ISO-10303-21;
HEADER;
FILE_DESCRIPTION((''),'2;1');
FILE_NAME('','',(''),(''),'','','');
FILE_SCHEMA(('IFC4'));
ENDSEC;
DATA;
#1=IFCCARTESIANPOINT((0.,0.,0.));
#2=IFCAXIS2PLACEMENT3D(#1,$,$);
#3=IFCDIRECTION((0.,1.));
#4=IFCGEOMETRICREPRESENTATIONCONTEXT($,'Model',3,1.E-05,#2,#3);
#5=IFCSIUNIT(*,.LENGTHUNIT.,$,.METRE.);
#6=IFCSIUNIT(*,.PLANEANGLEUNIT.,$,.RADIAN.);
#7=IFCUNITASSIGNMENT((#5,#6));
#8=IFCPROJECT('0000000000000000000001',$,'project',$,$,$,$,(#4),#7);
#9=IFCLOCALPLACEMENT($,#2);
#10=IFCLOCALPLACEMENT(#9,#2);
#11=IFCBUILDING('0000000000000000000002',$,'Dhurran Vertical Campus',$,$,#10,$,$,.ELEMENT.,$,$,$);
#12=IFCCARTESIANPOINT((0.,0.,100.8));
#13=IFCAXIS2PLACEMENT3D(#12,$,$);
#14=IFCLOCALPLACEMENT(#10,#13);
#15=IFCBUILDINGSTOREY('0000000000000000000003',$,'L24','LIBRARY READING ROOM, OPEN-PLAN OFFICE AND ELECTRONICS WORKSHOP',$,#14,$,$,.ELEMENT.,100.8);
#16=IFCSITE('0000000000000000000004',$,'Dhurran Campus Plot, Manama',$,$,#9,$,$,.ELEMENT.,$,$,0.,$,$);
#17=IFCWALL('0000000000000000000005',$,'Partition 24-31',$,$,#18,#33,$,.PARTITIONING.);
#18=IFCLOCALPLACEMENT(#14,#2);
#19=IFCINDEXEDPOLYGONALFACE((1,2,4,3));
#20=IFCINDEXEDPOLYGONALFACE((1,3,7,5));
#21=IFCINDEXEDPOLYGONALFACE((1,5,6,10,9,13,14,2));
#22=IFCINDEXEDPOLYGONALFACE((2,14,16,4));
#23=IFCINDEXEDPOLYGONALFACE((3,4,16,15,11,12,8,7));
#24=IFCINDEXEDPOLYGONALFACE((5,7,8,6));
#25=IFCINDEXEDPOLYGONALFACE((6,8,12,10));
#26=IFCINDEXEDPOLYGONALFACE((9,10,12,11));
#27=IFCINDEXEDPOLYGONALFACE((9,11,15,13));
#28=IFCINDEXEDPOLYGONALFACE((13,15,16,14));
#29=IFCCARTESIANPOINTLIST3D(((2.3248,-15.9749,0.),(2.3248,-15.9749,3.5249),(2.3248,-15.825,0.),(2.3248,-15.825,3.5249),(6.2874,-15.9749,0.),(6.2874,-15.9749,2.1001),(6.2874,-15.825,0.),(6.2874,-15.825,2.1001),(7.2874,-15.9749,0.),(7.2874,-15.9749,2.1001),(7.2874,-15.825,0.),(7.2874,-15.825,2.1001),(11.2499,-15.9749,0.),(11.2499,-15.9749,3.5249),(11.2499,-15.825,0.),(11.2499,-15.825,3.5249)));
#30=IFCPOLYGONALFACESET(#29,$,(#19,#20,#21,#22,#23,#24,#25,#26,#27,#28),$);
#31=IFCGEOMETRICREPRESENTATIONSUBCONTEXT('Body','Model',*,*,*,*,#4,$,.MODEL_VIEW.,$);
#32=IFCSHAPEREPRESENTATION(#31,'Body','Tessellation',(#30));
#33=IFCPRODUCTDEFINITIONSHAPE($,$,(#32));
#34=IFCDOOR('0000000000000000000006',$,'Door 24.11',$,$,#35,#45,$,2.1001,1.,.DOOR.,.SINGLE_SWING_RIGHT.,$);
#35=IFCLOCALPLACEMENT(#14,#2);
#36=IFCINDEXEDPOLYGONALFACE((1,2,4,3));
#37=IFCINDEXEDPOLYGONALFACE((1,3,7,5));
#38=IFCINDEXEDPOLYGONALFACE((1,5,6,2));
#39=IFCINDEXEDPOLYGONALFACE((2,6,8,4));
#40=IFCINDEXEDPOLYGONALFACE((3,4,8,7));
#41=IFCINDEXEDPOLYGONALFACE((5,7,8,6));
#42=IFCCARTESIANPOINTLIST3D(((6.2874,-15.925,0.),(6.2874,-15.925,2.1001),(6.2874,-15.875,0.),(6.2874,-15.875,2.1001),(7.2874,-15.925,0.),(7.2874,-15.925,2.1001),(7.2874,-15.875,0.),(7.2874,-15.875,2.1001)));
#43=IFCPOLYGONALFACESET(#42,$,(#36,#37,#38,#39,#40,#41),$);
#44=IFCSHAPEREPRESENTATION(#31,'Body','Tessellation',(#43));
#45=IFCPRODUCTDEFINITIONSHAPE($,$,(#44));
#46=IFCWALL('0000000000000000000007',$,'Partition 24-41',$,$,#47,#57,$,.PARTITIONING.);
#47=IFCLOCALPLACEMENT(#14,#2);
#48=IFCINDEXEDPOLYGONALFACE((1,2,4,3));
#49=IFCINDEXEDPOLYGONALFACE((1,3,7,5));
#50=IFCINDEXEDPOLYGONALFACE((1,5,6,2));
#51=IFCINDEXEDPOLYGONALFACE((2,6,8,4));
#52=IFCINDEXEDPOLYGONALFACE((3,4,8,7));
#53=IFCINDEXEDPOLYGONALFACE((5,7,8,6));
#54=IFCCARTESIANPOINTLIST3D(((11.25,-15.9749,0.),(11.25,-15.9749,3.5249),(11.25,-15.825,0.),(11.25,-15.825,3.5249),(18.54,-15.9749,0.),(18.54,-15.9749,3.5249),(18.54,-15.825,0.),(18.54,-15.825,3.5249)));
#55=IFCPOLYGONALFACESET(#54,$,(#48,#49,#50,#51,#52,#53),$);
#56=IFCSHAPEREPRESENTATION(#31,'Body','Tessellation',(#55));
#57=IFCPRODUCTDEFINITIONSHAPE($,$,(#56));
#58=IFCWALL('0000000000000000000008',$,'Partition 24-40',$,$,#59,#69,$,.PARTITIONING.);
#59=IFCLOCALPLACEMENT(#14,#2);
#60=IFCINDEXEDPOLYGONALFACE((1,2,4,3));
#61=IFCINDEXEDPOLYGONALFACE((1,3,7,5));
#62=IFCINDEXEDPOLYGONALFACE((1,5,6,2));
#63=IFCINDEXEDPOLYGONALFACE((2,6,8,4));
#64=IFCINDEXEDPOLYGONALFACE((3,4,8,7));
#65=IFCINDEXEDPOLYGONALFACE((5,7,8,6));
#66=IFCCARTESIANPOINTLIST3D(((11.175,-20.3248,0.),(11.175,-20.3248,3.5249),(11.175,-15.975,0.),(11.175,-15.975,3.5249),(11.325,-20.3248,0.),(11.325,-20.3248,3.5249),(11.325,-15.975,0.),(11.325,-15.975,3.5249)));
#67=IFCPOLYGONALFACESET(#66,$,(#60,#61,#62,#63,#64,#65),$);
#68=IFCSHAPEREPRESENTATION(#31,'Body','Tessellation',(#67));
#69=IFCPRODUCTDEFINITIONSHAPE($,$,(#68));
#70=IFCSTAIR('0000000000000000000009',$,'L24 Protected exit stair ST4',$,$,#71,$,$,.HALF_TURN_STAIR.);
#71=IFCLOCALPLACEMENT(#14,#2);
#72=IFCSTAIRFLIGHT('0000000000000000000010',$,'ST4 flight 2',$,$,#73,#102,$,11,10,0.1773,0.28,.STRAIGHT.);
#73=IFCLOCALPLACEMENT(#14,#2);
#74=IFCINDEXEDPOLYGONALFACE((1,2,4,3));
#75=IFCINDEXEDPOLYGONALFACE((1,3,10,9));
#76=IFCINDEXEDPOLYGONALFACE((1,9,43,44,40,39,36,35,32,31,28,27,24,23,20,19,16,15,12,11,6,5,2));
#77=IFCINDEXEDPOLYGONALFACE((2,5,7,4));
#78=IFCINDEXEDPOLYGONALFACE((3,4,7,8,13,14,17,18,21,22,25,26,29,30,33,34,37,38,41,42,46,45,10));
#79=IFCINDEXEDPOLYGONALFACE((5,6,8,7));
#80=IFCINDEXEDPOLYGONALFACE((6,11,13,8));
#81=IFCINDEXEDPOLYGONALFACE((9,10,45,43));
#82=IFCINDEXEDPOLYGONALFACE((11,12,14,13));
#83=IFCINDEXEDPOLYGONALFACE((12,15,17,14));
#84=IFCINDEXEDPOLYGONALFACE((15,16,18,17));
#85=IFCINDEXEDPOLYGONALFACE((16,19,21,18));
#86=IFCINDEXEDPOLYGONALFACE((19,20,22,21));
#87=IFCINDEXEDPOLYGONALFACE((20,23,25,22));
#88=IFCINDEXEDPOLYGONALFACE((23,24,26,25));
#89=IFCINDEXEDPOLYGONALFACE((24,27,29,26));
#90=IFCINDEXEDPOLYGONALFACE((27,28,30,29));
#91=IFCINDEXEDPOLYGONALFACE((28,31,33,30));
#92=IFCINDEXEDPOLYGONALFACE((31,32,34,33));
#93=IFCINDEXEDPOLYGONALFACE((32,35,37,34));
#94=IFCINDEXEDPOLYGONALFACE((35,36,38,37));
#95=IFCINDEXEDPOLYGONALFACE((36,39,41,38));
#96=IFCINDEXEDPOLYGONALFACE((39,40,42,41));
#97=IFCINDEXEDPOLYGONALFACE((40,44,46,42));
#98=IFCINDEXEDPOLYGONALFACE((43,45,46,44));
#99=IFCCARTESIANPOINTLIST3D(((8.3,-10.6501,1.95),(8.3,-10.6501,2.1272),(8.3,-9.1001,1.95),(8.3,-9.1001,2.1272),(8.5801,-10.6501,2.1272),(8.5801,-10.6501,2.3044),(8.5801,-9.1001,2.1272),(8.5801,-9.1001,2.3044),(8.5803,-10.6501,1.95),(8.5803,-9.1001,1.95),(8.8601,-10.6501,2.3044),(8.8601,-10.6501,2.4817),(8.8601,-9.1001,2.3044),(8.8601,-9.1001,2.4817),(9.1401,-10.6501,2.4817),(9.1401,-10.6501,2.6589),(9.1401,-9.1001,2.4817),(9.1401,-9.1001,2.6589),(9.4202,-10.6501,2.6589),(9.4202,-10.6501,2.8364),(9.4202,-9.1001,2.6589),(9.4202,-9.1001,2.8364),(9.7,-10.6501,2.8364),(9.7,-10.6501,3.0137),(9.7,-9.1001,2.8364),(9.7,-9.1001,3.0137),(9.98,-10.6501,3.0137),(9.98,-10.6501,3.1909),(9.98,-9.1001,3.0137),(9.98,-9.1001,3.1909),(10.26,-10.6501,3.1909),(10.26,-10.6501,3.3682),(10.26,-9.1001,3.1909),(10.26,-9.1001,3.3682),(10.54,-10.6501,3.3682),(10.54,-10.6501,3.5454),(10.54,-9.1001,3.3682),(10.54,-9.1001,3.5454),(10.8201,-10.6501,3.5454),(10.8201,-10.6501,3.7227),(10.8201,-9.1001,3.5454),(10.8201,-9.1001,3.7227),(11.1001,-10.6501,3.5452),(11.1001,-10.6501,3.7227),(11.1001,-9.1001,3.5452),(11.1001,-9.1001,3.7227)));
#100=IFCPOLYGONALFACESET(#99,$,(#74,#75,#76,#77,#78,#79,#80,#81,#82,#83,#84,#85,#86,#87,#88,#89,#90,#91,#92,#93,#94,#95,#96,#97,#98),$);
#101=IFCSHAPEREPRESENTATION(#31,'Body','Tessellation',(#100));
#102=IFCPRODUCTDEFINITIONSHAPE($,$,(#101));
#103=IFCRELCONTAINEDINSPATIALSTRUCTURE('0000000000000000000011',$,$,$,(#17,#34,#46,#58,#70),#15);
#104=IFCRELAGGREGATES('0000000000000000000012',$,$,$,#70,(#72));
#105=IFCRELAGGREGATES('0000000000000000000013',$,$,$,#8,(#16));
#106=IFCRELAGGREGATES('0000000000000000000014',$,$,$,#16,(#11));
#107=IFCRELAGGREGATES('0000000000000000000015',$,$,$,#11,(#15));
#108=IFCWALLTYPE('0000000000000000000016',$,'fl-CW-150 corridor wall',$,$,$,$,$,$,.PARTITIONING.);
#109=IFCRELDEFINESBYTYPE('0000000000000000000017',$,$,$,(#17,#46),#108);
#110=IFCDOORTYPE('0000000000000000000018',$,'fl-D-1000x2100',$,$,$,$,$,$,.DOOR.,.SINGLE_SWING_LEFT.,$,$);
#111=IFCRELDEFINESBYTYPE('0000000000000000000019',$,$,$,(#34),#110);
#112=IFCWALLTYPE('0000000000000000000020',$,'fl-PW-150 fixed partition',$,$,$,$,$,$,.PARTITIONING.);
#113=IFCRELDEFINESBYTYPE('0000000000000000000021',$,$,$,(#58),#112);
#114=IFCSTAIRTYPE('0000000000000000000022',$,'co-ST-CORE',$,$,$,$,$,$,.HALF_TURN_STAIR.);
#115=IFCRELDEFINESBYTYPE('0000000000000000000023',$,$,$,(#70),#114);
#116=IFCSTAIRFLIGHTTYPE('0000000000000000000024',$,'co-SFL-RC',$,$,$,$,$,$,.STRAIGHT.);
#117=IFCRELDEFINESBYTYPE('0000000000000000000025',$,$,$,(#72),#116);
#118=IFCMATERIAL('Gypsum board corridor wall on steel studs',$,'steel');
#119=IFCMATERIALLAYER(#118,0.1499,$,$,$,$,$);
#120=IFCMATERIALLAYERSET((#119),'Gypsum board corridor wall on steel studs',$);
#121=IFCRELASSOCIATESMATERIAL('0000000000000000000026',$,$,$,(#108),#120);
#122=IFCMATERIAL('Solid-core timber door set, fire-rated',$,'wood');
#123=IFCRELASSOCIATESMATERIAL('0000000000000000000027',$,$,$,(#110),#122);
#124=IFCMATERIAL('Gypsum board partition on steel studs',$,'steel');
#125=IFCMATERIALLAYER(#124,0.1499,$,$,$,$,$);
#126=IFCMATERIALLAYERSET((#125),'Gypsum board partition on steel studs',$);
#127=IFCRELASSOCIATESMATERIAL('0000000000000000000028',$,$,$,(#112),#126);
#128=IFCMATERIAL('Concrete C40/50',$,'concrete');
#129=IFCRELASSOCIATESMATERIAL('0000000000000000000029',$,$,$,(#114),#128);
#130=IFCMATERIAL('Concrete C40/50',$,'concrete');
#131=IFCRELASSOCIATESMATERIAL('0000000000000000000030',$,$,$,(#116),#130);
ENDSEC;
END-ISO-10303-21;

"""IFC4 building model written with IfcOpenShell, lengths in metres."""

from ifc_helpers import new_model, si_unit, direction, frame, frame_2d, origin, place, context, subcontext, project, spatial, polyline, rectangle, outline, extrude, material, layer, layer_set, type_object, element, fill, aggregate, save


model = new_model("IFC4")

# Units and contexts
model_context = context("Model", 3, precision=1e-05, world=origin(), true_north=direction((0.0, 1.0)))
body_context = subcontext(model_context, "Body", "Model", "MODEL_VIEW")
ifc_project = project(units=[si_unit("LENGTHUNIT", "METRE"), si_unit("PLANEANGLEUNIT", "RADIAN")], contexts=[model_context])

# Site, building, storey
site_placement = place(None, origin())
site = spatial("IfcSite", under=ifc_project, at=site_placement, Name="Dhurran Campus Plot, Manama", CompositionType="ELEMENT", RefElevation=0.0)
building_placement = place(site_placement, origin())
building = spatial("IfcBuilding", under=site, at=building_placement, Name="Dhurran Vertical Campus", CompositionType="ELEMENT")
storey_placement = place(building_placement, frame((0.0, 0.0, 100.8)))
storey = spatial("IfcBuildingStorey", under=building, at=storey_placement, Name="L24", Description="LIBRARY READING ROOM, OPEN-PLAN OFFICE AND ELECTRONICS WORKSHOP", CompositionType="ELEMENT", Elevation=100.8)

# Shared definitions
ifc_material_1 = material(Name="Gypsum board corridor wall on steel studs", Category="steel")
ifc_layer_1 = layer(ifc_material_1, 0.1499)
ifc_layer_set_1 = layer_set([ifc_layer_1], Name="Gypsum board corridor wall on steel studs")
wall_type_1 = type_object("IfcWallType", Name="fl-CW-150 corridor wall", PredefinedType="PARTITIONING", material=ifc_layer_set_1)
ifc_material_2 = material(Name="Solid-core timber door set, fire-rated", Category="wood")
door_type_1 = type_object("IfcDoorType", Name="fl-D-1000x2100", OperationType="SINGLE_SWING_LEFT", PredefinedType="DOOR", material=ifc_material_2)

# Wall, opening, door
wall_1_placement = place(storey_placement, frame((2.325, -15.8999, 0.0), z_axis=(0.0, 0.0, 1.0), x_axis=(1.0, 0.0, 0.0)))
wall_1 = element("IfcWall", 1, at=wall_1_placement, inside=storey, type_object=wall_type_1, Name="Partition 24-31", PredefinedType="PARTITIONING", context=body_context, shape_type="SweptSolid", body=[
    extrude(rectangle(XDim=8.925, YDim=0.1499, at=frame_2d((4.4624, 0.0))), origin(), (0.0, 0.0, 1.0), 3.5249),
])
opening_1_placement = place(wall_1_placement, frame((3.9624, 0.0, 0.0)))
opening_1 = element("IfcOpeningElement", 2, at=opening_1_placement, cuts=wall_1, PredefinedType="OPENING", context=body_context, shape_type="SweptSolid", body=[
    extrude(rectangle(XDim=1.0, YDim=2.1001, at=frame_2d((0.5, 1.05))), frame((0.0, 0.085, 0.0), z_axis=(0.0, -1.0, 0.0), x_axis=(1.0, 0.0, 0.0)), (0.0, 0.0, 1.0), 0.1699),
])
door_1_placement = place(opening_1_placement, origin())
door_1 = element("IfcDoor", 3, at=door_1_placement, inside=storey, type_object=door_type_1, Name="Door 24.11", OperationType="SINGLE_SWING_RIGHT", OverallHeight=2.1001, OverallWidth=1.0, PredefinedType="DOOR", context=body_context, shape_type="SweptSolid", body=[
    extrude(rectangle(XDim=1.0, YDim=2.1001, at=frame_2d((0.5, 1.05))), frame((0.0, 0.0249, 0.0), z_axis=(0.0, -1.0, 0.0), x_axis=(1.0, 0.0, 0.0)), (0.0, 0.0, 1.0), 0.05),
])
fill(opening_1, door_1)

# Walls
wall_2_placement = place(storey_placement, frame((11.25, -15.8999, 0.0), z_axis=(0.0, 0.0, 1.0), x_axis=(1.0, 0.0, 0.0)))
element("IfcWall", 4, at=wall_2_placement, inside=storey, type_object=wall_type_1, Name="Partition 24-41", PredefinedType="PARTITIONING", context=body_context, shape_type="SweptSolid", body=[
    extrude(rectangle(XDim=7.29, YDim=0.1499, at=frame_2d((3.645, 0.0))), origin(), (0.0, 0.0, 1.0), 3.5249),
])
ifc_material_3 = material(Name="Gypsum board partition on steel studs", Category="steel")
ifc_layer_2 = layer(ifc_material_3, 0.1499)
ifc_layer_set_2 = layer_set([ifc_layer_2], Name="Gypsum board partition on steel studs")
wall_type_2 = type_object("IfcWallType", Name="fl-PW-150 fixed partition", PredefinedType="PARTITIONING", material=ifc_layer_set_2)
wall_3_placement = place(storey_placement, frame((11.25, -15.9751, 0.0), z_axis=(0.0, 0.0, 1.0), x_axis=(0.0, -1.0, 0.0)))
element("IfcWall", 5, at=wall_3_placement, inside=storey, type_object=wall_type_2, Name="Partition 24-40", PredefinedType="PARTITIONING", context=body_context, shape_type="SweptSolid", body=[
    extrude(rectangle(XDim=4.3499, YDim=0.1499, at=frame_2d((2.1748, 0.0))), origin(), (0.0, 0.0, 1.0), 3.5249),
])

# Stair, stair flight
ifc_material_4 = material(Name="Concrete C40/50", Category="concrete")
stair_type = type_object("IfcStairType", Name="co-ST-CORE", PredefinedType="HALF_TURN_STAIR", material=ifc_material_4)
stair_placement = place(storey_placement, origin())
stair = element("IfcStair", 6, at=stair_placement, inside=storey, type_object=stair_type, Name="L24 Protected exit stair ST4", PredefinedType="HALF_TURN_STAIR")
ifc_material_5 = material(Name="Concrete C40/50", Category="concrete")
stair_flight_type = type_object("IfcStairFlightType", Name="co-SFL-RC", PredefinedType="STRAIGHT", material=ifc_material_5)
stair_flight_placement = place(storey_placement, frame((8.3, -9.875, 1.95), z_axis=(0.0, 0.0, 1.0), x_axis=(1.0, 0.0, 0.0)))
stair_flight = element("IfcStairFlight", 7, at=stair_flight_placement, type_object=stair_flight_type, Name="ST4 flight 2", NumberOfRisers=11, NumberOfTreads=10, PredefinedType="STRAIGHT", RiserHeight=0.1773, TreadLength=0.28, context=body_context, shape_type="SweptSolid", body=[
    extrude(outline(polyline([(0.0, 0.0), (0.0, 0.1772), (0.28, 0.1772), (0.28, 0.3545), (0.5601, 0.3545), (0.5601, 0.5317), (0.8401, 0.5317), (0.8401, 0.709), (1.1201, 0.709), (1.1201, 0.8865), (1.3999, 0.8865), (1.3999, 1.0637), (1.6799, 1.0637), (1.6799, 1.241), (1.96, 1.241), (1.96, 1.4182), (2.24, 1.4182), (2.24, 1.5955), (2.52, 1.5955), (2.52, 1.7727), (2.8, 1.7727), (2.8, 1.95), (2.8, 1.5952), (0.2803, 0.0), (0.0, 0.0)])), frame((0.0, 0.7749, 0.0), z_axis=(0.0, -1.0, 0.0), x_axis=(1.0, 0.0, 0.0)), (0.0, 0.0, 1.0), 1.55),
])
aggregate(stair, [stair_flight])

save(model, "model.ifc")
